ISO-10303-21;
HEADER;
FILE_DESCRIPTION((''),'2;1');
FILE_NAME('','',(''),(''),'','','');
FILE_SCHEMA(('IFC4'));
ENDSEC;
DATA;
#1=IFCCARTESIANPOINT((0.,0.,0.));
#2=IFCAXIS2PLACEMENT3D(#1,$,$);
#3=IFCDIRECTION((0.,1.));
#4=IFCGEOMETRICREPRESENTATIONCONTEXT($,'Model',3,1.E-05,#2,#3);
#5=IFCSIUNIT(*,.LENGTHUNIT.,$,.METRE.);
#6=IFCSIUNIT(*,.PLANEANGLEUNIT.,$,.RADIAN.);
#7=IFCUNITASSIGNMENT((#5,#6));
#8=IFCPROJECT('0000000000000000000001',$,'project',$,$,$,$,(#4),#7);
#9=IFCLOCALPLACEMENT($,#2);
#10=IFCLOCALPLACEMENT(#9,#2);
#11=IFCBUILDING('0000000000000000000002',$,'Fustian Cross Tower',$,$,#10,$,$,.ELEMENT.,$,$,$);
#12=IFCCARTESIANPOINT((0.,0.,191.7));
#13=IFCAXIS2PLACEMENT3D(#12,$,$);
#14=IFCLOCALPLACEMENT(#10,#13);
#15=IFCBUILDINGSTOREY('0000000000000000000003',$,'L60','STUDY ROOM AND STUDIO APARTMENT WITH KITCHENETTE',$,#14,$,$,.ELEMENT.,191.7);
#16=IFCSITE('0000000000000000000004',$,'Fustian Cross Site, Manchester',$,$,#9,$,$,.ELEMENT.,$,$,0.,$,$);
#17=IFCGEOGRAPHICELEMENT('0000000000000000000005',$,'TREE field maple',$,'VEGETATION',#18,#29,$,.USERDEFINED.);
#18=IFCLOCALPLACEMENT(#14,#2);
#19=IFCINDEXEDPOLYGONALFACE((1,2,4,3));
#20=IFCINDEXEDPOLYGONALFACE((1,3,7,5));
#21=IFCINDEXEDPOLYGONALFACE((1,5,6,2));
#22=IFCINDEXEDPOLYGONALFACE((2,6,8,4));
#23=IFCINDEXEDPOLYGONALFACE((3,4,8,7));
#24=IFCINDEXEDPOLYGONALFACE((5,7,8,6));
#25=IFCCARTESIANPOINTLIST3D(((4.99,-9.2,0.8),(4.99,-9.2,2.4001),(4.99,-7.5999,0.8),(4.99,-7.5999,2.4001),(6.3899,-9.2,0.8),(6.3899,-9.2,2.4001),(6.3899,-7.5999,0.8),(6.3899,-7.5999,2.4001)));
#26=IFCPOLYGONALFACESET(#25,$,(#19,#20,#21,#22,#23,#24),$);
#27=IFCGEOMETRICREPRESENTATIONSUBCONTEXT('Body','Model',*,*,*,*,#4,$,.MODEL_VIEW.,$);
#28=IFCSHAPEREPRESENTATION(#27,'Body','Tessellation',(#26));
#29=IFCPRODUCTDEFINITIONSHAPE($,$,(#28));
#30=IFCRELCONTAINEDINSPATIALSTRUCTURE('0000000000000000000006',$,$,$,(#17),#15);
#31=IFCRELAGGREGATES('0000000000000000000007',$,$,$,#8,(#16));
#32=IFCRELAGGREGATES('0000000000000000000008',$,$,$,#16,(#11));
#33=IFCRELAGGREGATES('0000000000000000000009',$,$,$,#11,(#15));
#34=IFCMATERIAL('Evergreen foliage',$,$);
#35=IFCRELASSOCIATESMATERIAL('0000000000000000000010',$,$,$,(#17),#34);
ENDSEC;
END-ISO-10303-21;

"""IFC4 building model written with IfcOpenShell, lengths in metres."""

from ifc_helpers import new_model, si_unit, direction, frame, origin, origin_2d, place, context, subcontext, project, spatial, rectangle, extrude, material, element, save


model = new_model("IFC4")

# Units and contexts
model_context = context("Model", 3, precision=1e-05, world=origin(), true_north=direction((0.0, 1.0)))
body_context = subcontext(model_context, "Body", "Model", "MODEL_VIEW")
ifc_project = project(units=[si_unit("LENGTHUNIT", "METRE"), si_unit("PLANEANGLEUNIT", "RADIAN")], contexts=[model_context])

# Site, building, storey
site_placement = place(None, origin())
site = spatial("IfcSite", under=ifc_project, at=site_placement, Name="Fustian Cross Site, Manchester", CompositionType="ELEMENT", RefElevation=0.0)
building_placement = place(site_placement, origin())
building = spatial("IfcBuilding", under=site, at=building_placement, Name="Fustian Cross Tower", CompositionType="ELEMENT")
storey_placement = place(building_placement, frame((0.0, 0.0, 191.7)))
storey = spatial("IfcBuildingStorey", under=building, at=storey_placement, Name="L60", Description="STUDY ROOM AND STUDIO APARTMENT WITH KITCHENETTE", CompositionType="ELEMENT", Elevation=191.7)

# Geographic element
ifc_material_1 = material(Name="Evergreen foliage")
geographic_element_placement = place(storey_placement, frame((5.6899, -8.3999, 0.8), z_axis=(0.0, 0.0, 1.0), x_axis=(1.0, 0.0, 0.0)))
element("IfcGeographicElement", 1, at=geographic_element_placement, inside=storey, material=ifc_material_1, Name="TREE field maple", ObjectType="VEGETATION", PredefinedType="USERDEFINED", context=body_context, shape_type="SweptSolid", body=[
    extrude(rectangle(XDim=1.3999, YDim=1.6001, at=origin_2d()), origin(), (0.0, 0.0, 1.0), 1.6001),
])

save(model, "model.ifc")
